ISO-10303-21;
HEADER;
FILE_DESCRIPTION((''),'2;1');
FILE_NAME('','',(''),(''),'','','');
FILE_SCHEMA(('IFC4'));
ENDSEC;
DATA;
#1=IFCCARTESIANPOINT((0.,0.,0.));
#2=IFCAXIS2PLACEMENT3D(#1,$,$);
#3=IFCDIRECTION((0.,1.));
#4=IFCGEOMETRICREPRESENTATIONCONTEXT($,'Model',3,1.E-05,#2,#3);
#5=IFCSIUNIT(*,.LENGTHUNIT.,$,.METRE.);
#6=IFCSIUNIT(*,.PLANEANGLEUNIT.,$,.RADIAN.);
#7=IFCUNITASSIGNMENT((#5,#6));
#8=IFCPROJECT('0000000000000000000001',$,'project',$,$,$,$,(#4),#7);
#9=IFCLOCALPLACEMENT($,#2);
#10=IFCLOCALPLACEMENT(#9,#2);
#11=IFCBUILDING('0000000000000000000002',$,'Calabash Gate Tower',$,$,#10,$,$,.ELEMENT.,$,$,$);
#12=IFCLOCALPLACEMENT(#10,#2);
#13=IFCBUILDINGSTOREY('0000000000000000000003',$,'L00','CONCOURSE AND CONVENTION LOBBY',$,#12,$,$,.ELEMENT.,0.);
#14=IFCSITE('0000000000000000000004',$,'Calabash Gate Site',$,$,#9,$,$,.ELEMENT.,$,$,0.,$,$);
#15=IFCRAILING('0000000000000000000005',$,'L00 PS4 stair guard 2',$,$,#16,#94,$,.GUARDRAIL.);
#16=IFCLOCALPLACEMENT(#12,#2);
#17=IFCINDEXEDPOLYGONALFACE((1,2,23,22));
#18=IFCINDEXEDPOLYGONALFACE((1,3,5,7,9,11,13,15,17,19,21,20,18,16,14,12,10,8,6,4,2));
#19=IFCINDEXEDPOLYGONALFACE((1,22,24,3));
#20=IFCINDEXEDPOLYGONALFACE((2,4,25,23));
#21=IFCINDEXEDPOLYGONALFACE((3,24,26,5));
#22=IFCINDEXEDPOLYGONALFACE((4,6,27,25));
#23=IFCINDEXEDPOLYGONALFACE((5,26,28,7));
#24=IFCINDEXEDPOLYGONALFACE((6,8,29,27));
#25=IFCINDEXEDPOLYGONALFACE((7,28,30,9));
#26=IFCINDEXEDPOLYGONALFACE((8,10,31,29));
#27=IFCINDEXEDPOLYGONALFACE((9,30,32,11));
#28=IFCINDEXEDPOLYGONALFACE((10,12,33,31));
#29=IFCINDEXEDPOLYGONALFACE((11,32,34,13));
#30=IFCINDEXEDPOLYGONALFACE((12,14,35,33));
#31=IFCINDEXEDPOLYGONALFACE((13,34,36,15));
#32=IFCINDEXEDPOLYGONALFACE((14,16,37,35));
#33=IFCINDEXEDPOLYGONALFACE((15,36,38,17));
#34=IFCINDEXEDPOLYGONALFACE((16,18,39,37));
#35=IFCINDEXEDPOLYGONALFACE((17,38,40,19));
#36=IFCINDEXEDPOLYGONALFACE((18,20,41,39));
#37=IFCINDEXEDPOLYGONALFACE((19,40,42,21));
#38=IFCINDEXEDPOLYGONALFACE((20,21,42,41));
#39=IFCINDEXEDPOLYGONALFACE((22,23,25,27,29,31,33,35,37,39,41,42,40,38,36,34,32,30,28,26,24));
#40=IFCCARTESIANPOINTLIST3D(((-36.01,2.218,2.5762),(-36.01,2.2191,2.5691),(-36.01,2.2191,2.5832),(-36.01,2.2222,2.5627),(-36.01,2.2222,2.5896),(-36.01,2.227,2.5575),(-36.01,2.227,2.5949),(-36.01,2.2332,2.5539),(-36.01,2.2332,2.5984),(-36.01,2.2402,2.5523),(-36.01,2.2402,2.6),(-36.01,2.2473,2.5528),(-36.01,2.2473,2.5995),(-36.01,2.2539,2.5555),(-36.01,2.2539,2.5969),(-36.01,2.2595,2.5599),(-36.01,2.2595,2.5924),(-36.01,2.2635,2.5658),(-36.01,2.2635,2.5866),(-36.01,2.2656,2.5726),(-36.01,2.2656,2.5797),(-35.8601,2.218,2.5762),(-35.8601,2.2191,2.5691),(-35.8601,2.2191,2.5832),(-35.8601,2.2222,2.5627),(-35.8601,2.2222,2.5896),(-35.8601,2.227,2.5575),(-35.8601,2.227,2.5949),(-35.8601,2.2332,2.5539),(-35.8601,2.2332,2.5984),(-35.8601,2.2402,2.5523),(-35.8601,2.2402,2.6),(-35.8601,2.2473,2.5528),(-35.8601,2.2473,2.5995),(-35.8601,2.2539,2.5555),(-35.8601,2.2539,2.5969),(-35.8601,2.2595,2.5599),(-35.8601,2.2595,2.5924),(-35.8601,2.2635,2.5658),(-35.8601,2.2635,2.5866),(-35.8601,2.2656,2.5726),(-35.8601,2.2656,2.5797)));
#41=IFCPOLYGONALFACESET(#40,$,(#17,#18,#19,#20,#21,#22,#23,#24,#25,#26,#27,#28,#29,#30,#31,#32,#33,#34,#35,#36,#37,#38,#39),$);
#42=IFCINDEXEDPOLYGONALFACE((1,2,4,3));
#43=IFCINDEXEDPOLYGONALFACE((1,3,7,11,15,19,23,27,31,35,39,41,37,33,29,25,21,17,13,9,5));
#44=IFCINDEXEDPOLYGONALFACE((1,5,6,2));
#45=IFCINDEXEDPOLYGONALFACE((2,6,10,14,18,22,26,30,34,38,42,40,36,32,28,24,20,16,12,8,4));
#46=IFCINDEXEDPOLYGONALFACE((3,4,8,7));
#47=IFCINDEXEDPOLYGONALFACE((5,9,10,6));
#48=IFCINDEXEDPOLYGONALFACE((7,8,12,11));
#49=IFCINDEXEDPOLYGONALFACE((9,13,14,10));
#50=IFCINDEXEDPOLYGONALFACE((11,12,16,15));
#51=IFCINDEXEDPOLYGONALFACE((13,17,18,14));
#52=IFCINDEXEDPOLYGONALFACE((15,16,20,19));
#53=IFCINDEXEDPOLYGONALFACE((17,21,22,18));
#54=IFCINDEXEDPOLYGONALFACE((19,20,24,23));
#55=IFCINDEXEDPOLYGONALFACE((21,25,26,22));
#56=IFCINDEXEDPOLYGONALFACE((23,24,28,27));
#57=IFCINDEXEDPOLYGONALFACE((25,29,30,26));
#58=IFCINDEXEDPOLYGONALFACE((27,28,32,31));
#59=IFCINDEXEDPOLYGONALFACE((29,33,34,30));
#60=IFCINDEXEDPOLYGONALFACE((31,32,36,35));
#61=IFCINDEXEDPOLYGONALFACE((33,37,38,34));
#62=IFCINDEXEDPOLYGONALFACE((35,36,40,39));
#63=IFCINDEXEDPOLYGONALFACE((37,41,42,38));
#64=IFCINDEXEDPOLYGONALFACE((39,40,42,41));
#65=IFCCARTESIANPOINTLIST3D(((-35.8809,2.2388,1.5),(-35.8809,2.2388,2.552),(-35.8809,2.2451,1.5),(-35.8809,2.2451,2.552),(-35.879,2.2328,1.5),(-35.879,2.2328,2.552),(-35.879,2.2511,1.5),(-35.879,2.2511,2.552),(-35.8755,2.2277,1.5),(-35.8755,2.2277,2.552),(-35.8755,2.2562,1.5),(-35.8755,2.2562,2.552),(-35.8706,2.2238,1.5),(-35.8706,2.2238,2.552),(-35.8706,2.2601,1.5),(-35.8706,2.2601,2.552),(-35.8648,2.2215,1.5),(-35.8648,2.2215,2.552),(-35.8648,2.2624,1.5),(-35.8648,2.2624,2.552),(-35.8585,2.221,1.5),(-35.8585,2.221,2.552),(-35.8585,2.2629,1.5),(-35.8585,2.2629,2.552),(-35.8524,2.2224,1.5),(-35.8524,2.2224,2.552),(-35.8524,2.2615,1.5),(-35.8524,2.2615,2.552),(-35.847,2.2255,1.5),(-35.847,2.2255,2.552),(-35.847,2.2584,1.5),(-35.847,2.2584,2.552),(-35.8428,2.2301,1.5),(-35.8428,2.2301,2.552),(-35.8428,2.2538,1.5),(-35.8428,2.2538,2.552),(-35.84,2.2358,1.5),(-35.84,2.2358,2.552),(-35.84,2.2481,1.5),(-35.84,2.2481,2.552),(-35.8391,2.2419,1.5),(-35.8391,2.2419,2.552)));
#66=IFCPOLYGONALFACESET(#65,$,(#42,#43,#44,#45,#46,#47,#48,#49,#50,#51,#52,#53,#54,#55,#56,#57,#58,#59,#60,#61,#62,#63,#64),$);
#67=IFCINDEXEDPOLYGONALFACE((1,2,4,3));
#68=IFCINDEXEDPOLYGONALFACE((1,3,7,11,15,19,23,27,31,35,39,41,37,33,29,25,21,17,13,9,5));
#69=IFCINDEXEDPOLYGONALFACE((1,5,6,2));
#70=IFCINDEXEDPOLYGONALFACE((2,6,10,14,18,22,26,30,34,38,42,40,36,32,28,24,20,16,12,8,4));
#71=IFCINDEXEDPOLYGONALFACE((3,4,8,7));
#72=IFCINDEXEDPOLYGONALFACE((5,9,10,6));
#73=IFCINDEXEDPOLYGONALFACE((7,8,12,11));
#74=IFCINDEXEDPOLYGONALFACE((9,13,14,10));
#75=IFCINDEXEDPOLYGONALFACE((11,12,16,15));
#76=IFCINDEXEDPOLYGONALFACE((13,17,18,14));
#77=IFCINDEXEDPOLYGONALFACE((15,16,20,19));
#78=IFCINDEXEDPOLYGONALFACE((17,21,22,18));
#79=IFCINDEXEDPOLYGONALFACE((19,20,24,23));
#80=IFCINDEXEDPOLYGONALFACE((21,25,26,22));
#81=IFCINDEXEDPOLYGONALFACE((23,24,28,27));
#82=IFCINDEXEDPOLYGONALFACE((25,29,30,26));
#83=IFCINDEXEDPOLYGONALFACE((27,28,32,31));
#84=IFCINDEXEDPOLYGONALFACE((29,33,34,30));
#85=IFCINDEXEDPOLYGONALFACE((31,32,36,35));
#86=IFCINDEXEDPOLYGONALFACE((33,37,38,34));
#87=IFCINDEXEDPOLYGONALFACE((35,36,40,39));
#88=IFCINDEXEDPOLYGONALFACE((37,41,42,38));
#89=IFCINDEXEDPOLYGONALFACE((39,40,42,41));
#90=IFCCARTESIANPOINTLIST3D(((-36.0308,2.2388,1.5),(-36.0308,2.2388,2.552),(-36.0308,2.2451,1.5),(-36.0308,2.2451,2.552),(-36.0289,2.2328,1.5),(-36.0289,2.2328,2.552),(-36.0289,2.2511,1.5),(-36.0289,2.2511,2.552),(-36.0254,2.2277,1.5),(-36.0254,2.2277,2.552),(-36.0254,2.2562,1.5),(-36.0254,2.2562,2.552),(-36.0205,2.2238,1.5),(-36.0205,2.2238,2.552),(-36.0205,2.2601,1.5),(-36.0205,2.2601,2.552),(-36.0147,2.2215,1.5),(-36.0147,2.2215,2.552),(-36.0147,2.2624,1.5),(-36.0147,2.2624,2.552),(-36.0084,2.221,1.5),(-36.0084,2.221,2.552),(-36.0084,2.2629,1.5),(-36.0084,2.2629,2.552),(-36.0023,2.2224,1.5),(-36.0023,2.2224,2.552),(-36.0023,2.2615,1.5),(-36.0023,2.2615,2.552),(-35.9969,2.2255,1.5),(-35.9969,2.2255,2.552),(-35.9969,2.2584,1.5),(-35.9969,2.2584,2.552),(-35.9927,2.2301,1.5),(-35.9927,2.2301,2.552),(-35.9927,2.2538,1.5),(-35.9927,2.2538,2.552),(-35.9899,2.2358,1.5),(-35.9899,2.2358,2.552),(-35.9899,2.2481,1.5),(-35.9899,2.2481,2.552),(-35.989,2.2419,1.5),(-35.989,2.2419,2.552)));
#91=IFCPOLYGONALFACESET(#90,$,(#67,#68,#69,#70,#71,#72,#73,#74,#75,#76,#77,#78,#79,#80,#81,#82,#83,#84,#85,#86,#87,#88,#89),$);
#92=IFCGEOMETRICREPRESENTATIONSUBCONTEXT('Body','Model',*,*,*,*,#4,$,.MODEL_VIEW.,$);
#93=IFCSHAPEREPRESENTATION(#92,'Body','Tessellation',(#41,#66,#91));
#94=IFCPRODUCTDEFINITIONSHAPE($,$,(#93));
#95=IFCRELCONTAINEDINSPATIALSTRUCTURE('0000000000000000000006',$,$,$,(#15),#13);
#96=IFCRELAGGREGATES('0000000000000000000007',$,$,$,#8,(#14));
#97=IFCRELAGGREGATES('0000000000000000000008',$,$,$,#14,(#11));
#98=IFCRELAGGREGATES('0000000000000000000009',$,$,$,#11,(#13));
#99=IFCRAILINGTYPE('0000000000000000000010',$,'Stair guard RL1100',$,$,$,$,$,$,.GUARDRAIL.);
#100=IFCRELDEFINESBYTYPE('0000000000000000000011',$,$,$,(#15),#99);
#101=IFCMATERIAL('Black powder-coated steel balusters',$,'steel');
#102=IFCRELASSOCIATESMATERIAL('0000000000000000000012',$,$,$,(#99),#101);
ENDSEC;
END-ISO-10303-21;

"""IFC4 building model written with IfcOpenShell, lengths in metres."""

from ifc_helpers import new_model, si_unit, direction, frame, origin, origin_2d, place, context, subcontext, project, spatial, circle, extrude, material, type_object, element, save


model = new_model("IFC4")

# Units and contexts
model_context = context("Model", 3, precision=1e-05, world=origin(), true_north=direction((0.0, 1.0)))
body_context = subcontext(model_context, "Body", "Model", "MODEL_VIEW")
ifc_project = project(units=[si_unit("LENGTHUNIT", "METRE"), si_unit("PLANEANGLEUNIT", "RADIAN")], contexts=[model_context])

# Site, building, storey
site_placement = place(None, origin())
site = spatial("IfcSite", under=ifc_project, at=site_placement, Name="Calabash Gate Site", CompositionType="ELEMENT", RefElevation=0.0)
building_placement = place(site_placement, origin())
building = spatial("IfcBuilding", under=site, at=building_placement, Name="Calabash Gate Tower", CompositionType="ELEMENT")
storey_placement = place(building_placement, origin())
storey = spatial("IfcBuildingStorey", under=building, at=storey_placement, Name="L00", Description="CONCOURSE AND CONVENTION LOBBY", CompositionType="ELEMENT", Elevation=0.0)

# Railing
ifc_material_1 = material(Name="Black powder-coated steel balusters", Category="steel")
railing_type_1 = type_object("IfcRailingType", Name="Stair guard RL1100", PredefinedType="GUARDRAIL", material=ifc_material_1)
railing_1_placement = place(storey_placement, frame((-35.8601, 2.2419, 1.5)))
element("IfcRailing", 1, at=railing_1_placement, inside=storey, type_object=railing_type_1, Name="L00 PS4 stair guard 2", PredefinedType="GUARDRAIL", context=body_context, shape_type="SweptSolid", body=[
    extrude(circle(Radius=0.0239, at=origin_2d()), frame((0.0, 0.0, 1.0762), z_axis=(-1.0, 0.0, 0.0), x_axis=(0.0, -1.0, 0.0)), (0.0, 0.0, 1.0), 0.1499),
    extrude(circle(Radius=0.021, at=origin_2d()), origin(), (0.0, 0.0, 1.0), 1.052),
    extrude(circle(Radius=0.021, at=origin_2d()), frame((-0.1499, 0.0, 0.0)), (0.0, 0.0, 1.0), 1.052),
])

save(model, "model.ifc")
